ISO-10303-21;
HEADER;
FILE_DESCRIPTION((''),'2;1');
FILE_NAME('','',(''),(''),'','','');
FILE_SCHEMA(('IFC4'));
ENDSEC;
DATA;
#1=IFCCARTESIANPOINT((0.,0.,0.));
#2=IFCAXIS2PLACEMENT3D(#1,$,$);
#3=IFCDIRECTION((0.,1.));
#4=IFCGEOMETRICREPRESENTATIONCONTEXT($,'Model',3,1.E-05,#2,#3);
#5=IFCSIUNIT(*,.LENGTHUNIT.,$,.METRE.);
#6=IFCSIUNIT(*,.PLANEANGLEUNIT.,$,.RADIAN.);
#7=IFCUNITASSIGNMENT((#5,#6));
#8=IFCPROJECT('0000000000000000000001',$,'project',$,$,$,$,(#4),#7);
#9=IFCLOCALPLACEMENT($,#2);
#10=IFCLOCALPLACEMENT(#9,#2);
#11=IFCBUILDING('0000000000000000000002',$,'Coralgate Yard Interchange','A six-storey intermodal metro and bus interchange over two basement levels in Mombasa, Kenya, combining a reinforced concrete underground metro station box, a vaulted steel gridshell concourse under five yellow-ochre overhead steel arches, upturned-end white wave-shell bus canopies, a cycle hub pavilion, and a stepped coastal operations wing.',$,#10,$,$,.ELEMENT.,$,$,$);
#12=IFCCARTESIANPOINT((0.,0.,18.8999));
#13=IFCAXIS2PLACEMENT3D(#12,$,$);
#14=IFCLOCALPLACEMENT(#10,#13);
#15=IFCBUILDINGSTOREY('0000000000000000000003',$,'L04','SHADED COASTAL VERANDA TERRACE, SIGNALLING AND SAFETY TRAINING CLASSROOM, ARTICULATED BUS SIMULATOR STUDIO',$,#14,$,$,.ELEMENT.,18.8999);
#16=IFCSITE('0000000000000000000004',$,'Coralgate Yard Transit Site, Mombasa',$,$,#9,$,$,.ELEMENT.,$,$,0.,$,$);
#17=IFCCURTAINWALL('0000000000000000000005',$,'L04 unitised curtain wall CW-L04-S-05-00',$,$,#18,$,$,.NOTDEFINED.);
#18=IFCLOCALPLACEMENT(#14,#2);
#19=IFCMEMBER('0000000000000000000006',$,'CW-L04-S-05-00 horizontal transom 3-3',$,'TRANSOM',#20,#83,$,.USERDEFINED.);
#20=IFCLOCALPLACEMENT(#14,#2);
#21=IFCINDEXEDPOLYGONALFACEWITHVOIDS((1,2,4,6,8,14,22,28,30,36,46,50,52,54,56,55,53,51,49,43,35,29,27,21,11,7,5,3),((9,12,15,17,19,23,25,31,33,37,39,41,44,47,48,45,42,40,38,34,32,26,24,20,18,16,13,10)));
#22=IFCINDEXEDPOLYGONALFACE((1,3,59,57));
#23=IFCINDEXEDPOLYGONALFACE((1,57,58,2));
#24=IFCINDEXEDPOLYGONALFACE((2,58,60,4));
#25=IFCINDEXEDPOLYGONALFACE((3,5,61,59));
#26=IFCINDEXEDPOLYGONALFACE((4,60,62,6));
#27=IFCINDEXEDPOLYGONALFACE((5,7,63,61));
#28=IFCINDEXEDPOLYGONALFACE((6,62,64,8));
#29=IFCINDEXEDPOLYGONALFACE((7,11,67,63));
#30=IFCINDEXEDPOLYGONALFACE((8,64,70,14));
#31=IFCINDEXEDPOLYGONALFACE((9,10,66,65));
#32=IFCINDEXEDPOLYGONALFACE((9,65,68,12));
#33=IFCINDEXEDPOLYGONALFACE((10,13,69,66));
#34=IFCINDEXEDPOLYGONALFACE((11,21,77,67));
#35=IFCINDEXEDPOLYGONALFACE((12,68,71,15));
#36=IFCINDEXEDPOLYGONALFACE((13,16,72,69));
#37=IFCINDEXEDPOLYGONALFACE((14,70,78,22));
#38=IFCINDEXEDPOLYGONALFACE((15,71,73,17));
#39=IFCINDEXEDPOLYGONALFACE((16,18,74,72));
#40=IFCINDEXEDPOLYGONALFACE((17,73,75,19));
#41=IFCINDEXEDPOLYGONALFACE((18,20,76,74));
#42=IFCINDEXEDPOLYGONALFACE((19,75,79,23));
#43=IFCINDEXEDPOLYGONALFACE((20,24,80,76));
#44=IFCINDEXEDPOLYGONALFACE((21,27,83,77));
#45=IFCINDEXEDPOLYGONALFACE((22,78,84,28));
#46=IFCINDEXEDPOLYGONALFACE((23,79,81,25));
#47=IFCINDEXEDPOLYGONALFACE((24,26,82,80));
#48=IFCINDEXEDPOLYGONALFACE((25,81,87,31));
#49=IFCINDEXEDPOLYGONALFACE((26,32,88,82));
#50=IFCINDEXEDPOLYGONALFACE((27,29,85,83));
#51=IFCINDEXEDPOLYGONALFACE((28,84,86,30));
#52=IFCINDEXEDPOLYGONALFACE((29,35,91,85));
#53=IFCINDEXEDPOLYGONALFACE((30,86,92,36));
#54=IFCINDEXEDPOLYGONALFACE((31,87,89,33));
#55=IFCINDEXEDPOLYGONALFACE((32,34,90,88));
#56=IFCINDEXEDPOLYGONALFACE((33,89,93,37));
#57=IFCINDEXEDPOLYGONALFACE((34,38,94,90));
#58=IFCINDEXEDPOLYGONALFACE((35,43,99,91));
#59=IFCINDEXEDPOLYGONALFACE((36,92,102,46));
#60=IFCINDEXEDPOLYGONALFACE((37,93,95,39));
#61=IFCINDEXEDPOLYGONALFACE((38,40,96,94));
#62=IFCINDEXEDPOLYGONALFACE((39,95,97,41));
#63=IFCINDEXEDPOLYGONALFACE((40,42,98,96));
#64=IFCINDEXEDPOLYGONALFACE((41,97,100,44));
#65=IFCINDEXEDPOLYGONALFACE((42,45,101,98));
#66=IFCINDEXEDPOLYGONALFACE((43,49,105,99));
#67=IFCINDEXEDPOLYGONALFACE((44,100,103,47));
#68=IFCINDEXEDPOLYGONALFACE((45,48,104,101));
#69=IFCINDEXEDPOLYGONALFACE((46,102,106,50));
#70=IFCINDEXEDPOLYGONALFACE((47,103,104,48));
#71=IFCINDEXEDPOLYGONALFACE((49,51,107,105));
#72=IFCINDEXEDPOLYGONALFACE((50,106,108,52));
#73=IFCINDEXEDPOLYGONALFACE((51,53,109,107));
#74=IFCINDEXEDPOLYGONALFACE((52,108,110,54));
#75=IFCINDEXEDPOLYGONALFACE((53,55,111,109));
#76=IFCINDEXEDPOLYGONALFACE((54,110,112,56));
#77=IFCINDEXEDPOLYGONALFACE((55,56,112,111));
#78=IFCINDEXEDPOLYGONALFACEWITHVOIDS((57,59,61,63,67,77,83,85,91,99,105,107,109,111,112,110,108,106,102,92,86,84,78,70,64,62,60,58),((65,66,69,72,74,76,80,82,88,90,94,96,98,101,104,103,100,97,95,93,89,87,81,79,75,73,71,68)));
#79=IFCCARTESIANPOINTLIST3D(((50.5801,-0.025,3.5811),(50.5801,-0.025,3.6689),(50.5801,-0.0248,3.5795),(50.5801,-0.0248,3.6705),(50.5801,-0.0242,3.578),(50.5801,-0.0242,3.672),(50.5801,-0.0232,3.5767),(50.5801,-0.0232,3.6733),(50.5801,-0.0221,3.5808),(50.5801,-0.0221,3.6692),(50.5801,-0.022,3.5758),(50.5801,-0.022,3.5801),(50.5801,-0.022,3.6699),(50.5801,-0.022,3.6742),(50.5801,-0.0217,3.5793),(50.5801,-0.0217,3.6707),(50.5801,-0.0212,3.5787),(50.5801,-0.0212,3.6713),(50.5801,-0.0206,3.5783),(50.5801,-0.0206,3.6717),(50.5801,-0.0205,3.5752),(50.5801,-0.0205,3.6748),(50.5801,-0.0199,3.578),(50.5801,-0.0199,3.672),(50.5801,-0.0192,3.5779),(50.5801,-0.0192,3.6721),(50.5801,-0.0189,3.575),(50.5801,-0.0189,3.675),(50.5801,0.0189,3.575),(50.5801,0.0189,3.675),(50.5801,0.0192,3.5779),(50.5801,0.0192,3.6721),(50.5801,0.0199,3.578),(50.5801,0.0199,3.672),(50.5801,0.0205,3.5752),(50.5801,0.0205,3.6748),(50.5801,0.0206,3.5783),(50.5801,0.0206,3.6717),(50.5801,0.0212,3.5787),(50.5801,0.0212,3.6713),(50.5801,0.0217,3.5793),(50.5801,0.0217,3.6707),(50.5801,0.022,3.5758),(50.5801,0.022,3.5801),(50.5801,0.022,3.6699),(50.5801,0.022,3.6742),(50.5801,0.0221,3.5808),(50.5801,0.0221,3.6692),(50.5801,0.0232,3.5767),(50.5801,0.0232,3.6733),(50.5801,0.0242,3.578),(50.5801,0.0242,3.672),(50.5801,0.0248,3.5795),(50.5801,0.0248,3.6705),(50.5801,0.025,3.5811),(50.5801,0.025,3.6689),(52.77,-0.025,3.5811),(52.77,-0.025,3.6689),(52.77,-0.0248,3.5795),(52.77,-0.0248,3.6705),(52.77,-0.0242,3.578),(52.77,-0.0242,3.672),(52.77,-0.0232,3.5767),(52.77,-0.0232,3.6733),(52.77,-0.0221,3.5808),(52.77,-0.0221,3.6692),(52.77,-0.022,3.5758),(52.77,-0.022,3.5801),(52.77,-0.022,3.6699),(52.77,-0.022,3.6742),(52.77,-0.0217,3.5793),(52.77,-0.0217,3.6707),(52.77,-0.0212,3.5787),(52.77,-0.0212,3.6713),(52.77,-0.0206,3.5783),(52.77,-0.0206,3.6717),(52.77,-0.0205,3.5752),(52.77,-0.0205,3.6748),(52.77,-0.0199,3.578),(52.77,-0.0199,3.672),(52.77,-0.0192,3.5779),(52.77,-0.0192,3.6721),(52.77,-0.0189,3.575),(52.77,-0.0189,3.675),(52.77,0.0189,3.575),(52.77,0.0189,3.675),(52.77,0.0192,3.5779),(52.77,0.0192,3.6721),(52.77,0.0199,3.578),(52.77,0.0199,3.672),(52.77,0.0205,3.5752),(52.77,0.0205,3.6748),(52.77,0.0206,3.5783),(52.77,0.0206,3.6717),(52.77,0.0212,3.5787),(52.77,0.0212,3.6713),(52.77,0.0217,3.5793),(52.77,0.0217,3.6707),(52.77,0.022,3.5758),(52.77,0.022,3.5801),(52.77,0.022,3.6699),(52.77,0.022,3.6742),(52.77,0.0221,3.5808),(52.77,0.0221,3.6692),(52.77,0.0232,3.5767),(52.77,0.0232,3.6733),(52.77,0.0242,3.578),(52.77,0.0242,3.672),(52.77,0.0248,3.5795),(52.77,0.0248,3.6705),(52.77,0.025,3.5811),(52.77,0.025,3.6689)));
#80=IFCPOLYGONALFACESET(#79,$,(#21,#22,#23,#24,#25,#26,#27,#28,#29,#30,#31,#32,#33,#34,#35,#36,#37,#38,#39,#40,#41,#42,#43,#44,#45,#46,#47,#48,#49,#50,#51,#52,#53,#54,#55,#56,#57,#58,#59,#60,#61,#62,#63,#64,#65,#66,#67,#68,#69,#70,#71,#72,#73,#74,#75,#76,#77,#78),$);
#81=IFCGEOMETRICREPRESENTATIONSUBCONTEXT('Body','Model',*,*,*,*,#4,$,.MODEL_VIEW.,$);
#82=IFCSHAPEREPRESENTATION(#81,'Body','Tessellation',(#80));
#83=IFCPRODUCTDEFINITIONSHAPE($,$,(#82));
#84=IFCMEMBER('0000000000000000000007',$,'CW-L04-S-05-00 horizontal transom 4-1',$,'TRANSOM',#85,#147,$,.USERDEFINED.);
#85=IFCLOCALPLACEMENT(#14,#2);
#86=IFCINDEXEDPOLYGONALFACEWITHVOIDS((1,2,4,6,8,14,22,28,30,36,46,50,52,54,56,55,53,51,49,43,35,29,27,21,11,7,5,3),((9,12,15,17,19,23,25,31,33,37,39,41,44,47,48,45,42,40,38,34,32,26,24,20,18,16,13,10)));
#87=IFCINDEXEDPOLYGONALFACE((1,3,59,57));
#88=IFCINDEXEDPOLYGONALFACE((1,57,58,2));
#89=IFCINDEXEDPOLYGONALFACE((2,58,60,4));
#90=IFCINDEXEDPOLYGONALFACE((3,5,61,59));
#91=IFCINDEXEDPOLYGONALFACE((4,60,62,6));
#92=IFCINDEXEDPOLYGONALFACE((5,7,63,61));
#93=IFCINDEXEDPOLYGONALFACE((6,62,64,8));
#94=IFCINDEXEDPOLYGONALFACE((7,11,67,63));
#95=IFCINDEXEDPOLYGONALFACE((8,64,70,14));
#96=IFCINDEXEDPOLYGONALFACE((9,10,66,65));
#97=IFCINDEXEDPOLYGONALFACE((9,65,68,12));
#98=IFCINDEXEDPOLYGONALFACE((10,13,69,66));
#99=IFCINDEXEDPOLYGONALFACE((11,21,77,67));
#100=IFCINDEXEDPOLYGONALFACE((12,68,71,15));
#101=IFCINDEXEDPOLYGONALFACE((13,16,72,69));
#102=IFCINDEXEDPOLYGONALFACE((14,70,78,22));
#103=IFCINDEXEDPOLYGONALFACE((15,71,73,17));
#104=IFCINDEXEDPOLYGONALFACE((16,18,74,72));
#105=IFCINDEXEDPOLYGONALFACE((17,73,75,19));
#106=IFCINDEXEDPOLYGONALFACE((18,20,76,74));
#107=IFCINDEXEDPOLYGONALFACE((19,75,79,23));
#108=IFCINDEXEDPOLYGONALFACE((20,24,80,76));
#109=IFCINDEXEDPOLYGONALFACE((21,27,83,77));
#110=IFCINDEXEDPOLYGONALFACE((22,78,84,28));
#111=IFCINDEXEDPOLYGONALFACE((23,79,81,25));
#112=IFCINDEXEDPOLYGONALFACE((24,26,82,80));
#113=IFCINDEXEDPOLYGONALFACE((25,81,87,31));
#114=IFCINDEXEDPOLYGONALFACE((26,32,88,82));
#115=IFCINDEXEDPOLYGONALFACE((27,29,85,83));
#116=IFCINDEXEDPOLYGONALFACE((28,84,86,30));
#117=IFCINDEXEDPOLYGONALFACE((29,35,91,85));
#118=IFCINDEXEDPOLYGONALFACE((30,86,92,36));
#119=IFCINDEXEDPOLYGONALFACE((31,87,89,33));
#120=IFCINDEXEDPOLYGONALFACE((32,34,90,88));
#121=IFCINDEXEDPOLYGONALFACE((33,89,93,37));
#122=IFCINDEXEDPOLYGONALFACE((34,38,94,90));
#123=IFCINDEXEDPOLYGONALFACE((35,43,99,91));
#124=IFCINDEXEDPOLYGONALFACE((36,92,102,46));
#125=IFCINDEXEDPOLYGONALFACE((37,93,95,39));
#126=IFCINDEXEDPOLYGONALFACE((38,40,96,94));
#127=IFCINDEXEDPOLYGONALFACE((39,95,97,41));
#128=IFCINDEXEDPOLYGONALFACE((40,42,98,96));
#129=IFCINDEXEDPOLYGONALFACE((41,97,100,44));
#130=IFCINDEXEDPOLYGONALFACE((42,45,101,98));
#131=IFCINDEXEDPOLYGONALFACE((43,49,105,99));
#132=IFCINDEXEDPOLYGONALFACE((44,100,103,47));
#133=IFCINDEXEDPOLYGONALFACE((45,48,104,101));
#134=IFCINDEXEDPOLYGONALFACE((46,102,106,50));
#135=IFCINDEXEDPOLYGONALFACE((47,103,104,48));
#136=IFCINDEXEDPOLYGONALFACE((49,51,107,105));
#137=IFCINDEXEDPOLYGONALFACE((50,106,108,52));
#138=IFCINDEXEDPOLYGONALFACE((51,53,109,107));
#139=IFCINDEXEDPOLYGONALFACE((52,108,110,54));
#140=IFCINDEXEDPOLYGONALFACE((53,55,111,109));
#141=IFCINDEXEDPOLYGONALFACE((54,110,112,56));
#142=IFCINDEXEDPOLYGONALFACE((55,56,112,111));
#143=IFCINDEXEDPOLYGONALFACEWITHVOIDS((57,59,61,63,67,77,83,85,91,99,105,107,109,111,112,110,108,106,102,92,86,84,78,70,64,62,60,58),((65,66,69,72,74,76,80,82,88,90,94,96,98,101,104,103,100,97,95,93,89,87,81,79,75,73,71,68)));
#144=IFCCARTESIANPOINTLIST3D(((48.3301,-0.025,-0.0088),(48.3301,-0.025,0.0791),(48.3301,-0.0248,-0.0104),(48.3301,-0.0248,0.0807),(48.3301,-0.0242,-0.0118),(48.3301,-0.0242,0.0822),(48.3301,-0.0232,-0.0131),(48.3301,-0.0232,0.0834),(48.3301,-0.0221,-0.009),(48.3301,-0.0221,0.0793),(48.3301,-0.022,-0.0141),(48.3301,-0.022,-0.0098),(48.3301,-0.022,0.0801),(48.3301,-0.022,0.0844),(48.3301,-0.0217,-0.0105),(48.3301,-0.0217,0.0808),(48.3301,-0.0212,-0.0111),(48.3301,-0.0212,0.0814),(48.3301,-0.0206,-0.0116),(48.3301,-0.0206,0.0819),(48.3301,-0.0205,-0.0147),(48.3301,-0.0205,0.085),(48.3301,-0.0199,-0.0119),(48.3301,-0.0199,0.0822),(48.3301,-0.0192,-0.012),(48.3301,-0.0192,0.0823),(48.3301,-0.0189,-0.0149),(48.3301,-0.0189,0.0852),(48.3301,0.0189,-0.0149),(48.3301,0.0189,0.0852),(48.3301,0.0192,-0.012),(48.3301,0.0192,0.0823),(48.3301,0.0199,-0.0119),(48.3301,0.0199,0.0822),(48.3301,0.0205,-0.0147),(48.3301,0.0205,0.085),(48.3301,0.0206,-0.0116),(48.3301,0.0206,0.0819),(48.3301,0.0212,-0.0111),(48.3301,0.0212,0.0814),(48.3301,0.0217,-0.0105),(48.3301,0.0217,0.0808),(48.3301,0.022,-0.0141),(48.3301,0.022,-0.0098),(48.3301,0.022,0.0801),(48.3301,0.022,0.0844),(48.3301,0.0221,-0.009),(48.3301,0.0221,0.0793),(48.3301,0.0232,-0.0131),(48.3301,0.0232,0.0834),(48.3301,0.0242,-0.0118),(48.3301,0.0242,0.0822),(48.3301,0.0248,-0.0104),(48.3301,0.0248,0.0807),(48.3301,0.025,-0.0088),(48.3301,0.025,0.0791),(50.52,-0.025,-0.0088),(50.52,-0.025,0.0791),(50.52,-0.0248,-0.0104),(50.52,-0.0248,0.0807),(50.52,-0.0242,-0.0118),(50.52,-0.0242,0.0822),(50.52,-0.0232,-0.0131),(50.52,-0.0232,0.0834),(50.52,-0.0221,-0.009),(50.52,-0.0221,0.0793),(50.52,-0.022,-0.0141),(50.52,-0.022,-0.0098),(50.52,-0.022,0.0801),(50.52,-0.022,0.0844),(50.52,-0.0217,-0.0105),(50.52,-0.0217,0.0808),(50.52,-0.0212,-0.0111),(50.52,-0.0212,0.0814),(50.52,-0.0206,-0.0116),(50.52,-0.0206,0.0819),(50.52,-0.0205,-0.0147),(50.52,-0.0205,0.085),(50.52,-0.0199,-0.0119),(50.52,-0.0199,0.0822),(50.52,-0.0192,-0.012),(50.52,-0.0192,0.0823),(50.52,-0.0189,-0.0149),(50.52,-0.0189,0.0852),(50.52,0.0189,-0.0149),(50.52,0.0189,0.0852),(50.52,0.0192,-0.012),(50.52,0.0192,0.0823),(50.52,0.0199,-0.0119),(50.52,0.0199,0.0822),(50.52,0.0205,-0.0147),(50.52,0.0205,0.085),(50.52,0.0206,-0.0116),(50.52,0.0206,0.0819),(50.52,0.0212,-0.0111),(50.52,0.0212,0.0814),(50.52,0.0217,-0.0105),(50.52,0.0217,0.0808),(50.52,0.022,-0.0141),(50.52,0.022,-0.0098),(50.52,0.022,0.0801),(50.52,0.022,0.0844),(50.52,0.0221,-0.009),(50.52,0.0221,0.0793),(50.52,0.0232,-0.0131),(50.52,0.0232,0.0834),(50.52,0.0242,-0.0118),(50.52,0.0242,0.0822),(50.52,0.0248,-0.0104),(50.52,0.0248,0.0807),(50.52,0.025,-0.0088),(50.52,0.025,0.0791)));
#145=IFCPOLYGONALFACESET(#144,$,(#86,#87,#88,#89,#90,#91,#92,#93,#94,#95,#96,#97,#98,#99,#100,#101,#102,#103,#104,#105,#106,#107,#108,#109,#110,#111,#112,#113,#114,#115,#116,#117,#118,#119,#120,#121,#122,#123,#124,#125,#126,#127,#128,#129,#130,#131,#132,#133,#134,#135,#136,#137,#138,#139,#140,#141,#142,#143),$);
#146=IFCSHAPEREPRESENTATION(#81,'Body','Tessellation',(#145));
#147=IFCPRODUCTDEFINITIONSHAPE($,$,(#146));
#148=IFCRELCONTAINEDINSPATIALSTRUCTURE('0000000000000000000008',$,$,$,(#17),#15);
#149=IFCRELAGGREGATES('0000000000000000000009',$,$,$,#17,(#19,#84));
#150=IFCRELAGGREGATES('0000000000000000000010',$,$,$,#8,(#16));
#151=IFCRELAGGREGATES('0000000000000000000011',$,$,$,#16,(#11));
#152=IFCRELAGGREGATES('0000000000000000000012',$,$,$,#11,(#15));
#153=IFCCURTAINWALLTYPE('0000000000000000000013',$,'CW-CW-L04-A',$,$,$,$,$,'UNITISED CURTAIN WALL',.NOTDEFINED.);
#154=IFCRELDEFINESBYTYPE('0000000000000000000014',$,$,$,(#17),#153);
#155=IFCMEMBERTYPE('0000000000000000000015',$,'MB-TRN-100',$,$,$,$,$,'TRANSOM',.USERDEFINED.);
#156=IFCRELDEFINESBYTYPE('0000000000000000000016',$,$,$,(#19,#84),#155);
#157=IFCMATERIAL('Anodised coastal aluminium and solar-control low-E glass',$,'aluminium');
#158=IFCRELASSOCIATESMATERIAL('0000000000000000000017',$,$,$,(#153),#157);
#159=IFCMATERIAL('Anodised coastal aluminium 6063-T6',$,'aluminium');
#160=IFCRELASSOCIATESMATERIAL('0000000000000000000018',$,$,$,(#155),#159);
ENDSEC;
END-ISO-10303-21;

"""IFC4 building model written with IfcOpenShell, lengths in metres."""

from ifc_helpers import new_model, si_unit, direction, frame, origin, origin_2d, place, context, subcontext, project, spatial, hollow_rectangle, extrude, material, material_profile, profile_set, type_object, element, aggregate, save


model = new_model("IFC4")

# Units and contexts
model_context = context("Model", 3, precision=1e-05, world=origin(), true_north=direction((0.0, 1.0)))
body_context = subcontext(model_context, "Body", "Model", "MODEL_VIEW")
ifc_project = project(units=[si_unit("LENGTHUNIT", "METRE"), si_unit("PLANEANGLEUNIT", "RADIAN")], contexts=[model_context])

# Site, building, storey
site_placement = place(None, origin())
site = spatial("IfcSite", under=ifc_project, at=site_placement, Name="Coralgate Yard Transit Site, Mombasa", CompositionType="ELEMENT", RefElevation=0.0)
building_placement = place(site_placement, origin())
building = spatial("IfcBuilding", under=site, at=building_placement, Name="Coralgate Yard Interchange", Description="A six-storey intermodal metro and bus interchange over two basement levels in Mombasa, Kenya, combining a reinforced concrete underground metro station box, a vaulted steel gridshell concourse under five yellow-ochre overhead steel arches, upturned-end white wave-shell bus canopies, a cycle hub pavilion, and a stepped coastal operations wing.", CompositionType="ELEMENT")
storey_placement = place(building_placement, frame((0.0, 0.0, 18.8999)))
storey = spatial("IfcBuildingStorey", under=building, at=storey_placement, Name="L04", Description="SHADED COASTAL VERANDA TERRACE, SIGNALLING AND SAFETY TRAINING CLASSROOM, ARTICULATED BUS SIMULATOR STUDIO", CompositionType="ELEMENT", Elevation=18.8999)

# Curtain wall
ifc_material_1 = material(Name="Anodised coastal aluminium and solar-control low-E glass", Category="aluminium")
curtain_wall_type = type_object("IfcCurtainWallType", Name="CW-CW-L04-A", ElementType="UNITISED CURTAIN WALL", PredefinedType="NOTDEFINED", material=ifc_material_1)
curtain_wall_1_placement = place(storey_placement, origin())
curtain_wall_1 = element("IfcCurtainWall", 1, at=curtain_wall_1_placement, inside=storey, type_object=curtain_wall_type, Name="L04 unitised curtain wall CW-L04-S-05-00", PredefinedType="NOTDEFINED")
ifc_material_2 = material(Name="Anodised coastal aluminium 6063-T6", Category="aluminium")

# Members
ifc_material_profile_1 = material_profile(ifc_material_2, hollow_rectangle(XDim=0.05, YDim=0.1001, WallThickness=0.0029, InnerFilletRadius=0.0029, OuterFilletRadius=0.0061, at=origin_2d()), Name="ALU 50x100x3")
ifc_profile_set_1 = profile_set([ifc_material_profile_1], Name="Anodised coastal aluminium 6063-T6")
member_type_1 = type_object("IfcMemberType", Name="MB-TRN-100", ElementType="TRANSOM", PredefinedType="USERDEFINED", material=ifc_profile_set_1)
member_1_placement = place(storey_placement, frame((52.77, 0.0, 3.625), z_axis=(-1.0, 0.0, 0.0), x_axis=(0.0, -1.0, 0.0)))
member_1 = element("IfcMember", 2, at=member_1_placement, type_object=member_type_1, Name="CW-L04-S-05-00 horizontal transom 3-3", ObjectType="TRANSOM", PredefinedType="USERDEFINED", context=body_context, shape_type="SweptSolid", body=[
    extrude(hollow_rectangle(XDim=0.05, YDim=0.1001, WallThickness=0.0029, InnerFilletRadius=0.0029, OuterFilletRadius=0.0061, at=origin_2d()), origin(), (0.0, 0.0, 1.0), 2.1899),
])
member_2_placement = place(storey_placement, frame((50.52, 0.0, 0.0352), z_axis=(-1.0, 0.0, 0.0), x_axis=(0.0, -1.0, 0.0)))
member_2 = element("IfcMember", 3, at=member_2_placement, type_object=member_type_1, Name="CW-L04-S-05-00 horizontal transom 4-1", ObjectType="TRANSOM", PredefinedType="USERDEFINED", context=body_context, shape_type="SweptSolid", body=[
    extrude(hollow_rectangle(XDim=0.05, YDim=0.1001, WallThickness=0.0029, InnerFilletRadius=0.0029, OuterFilletRadius=0.0061, at=origin_2d()), origin(), (0.0, 0.0, 1.0), 2.1899),
])

aggregate(curtain_wall_1, [member_1, member_2])

save(model, "model.ifc")
